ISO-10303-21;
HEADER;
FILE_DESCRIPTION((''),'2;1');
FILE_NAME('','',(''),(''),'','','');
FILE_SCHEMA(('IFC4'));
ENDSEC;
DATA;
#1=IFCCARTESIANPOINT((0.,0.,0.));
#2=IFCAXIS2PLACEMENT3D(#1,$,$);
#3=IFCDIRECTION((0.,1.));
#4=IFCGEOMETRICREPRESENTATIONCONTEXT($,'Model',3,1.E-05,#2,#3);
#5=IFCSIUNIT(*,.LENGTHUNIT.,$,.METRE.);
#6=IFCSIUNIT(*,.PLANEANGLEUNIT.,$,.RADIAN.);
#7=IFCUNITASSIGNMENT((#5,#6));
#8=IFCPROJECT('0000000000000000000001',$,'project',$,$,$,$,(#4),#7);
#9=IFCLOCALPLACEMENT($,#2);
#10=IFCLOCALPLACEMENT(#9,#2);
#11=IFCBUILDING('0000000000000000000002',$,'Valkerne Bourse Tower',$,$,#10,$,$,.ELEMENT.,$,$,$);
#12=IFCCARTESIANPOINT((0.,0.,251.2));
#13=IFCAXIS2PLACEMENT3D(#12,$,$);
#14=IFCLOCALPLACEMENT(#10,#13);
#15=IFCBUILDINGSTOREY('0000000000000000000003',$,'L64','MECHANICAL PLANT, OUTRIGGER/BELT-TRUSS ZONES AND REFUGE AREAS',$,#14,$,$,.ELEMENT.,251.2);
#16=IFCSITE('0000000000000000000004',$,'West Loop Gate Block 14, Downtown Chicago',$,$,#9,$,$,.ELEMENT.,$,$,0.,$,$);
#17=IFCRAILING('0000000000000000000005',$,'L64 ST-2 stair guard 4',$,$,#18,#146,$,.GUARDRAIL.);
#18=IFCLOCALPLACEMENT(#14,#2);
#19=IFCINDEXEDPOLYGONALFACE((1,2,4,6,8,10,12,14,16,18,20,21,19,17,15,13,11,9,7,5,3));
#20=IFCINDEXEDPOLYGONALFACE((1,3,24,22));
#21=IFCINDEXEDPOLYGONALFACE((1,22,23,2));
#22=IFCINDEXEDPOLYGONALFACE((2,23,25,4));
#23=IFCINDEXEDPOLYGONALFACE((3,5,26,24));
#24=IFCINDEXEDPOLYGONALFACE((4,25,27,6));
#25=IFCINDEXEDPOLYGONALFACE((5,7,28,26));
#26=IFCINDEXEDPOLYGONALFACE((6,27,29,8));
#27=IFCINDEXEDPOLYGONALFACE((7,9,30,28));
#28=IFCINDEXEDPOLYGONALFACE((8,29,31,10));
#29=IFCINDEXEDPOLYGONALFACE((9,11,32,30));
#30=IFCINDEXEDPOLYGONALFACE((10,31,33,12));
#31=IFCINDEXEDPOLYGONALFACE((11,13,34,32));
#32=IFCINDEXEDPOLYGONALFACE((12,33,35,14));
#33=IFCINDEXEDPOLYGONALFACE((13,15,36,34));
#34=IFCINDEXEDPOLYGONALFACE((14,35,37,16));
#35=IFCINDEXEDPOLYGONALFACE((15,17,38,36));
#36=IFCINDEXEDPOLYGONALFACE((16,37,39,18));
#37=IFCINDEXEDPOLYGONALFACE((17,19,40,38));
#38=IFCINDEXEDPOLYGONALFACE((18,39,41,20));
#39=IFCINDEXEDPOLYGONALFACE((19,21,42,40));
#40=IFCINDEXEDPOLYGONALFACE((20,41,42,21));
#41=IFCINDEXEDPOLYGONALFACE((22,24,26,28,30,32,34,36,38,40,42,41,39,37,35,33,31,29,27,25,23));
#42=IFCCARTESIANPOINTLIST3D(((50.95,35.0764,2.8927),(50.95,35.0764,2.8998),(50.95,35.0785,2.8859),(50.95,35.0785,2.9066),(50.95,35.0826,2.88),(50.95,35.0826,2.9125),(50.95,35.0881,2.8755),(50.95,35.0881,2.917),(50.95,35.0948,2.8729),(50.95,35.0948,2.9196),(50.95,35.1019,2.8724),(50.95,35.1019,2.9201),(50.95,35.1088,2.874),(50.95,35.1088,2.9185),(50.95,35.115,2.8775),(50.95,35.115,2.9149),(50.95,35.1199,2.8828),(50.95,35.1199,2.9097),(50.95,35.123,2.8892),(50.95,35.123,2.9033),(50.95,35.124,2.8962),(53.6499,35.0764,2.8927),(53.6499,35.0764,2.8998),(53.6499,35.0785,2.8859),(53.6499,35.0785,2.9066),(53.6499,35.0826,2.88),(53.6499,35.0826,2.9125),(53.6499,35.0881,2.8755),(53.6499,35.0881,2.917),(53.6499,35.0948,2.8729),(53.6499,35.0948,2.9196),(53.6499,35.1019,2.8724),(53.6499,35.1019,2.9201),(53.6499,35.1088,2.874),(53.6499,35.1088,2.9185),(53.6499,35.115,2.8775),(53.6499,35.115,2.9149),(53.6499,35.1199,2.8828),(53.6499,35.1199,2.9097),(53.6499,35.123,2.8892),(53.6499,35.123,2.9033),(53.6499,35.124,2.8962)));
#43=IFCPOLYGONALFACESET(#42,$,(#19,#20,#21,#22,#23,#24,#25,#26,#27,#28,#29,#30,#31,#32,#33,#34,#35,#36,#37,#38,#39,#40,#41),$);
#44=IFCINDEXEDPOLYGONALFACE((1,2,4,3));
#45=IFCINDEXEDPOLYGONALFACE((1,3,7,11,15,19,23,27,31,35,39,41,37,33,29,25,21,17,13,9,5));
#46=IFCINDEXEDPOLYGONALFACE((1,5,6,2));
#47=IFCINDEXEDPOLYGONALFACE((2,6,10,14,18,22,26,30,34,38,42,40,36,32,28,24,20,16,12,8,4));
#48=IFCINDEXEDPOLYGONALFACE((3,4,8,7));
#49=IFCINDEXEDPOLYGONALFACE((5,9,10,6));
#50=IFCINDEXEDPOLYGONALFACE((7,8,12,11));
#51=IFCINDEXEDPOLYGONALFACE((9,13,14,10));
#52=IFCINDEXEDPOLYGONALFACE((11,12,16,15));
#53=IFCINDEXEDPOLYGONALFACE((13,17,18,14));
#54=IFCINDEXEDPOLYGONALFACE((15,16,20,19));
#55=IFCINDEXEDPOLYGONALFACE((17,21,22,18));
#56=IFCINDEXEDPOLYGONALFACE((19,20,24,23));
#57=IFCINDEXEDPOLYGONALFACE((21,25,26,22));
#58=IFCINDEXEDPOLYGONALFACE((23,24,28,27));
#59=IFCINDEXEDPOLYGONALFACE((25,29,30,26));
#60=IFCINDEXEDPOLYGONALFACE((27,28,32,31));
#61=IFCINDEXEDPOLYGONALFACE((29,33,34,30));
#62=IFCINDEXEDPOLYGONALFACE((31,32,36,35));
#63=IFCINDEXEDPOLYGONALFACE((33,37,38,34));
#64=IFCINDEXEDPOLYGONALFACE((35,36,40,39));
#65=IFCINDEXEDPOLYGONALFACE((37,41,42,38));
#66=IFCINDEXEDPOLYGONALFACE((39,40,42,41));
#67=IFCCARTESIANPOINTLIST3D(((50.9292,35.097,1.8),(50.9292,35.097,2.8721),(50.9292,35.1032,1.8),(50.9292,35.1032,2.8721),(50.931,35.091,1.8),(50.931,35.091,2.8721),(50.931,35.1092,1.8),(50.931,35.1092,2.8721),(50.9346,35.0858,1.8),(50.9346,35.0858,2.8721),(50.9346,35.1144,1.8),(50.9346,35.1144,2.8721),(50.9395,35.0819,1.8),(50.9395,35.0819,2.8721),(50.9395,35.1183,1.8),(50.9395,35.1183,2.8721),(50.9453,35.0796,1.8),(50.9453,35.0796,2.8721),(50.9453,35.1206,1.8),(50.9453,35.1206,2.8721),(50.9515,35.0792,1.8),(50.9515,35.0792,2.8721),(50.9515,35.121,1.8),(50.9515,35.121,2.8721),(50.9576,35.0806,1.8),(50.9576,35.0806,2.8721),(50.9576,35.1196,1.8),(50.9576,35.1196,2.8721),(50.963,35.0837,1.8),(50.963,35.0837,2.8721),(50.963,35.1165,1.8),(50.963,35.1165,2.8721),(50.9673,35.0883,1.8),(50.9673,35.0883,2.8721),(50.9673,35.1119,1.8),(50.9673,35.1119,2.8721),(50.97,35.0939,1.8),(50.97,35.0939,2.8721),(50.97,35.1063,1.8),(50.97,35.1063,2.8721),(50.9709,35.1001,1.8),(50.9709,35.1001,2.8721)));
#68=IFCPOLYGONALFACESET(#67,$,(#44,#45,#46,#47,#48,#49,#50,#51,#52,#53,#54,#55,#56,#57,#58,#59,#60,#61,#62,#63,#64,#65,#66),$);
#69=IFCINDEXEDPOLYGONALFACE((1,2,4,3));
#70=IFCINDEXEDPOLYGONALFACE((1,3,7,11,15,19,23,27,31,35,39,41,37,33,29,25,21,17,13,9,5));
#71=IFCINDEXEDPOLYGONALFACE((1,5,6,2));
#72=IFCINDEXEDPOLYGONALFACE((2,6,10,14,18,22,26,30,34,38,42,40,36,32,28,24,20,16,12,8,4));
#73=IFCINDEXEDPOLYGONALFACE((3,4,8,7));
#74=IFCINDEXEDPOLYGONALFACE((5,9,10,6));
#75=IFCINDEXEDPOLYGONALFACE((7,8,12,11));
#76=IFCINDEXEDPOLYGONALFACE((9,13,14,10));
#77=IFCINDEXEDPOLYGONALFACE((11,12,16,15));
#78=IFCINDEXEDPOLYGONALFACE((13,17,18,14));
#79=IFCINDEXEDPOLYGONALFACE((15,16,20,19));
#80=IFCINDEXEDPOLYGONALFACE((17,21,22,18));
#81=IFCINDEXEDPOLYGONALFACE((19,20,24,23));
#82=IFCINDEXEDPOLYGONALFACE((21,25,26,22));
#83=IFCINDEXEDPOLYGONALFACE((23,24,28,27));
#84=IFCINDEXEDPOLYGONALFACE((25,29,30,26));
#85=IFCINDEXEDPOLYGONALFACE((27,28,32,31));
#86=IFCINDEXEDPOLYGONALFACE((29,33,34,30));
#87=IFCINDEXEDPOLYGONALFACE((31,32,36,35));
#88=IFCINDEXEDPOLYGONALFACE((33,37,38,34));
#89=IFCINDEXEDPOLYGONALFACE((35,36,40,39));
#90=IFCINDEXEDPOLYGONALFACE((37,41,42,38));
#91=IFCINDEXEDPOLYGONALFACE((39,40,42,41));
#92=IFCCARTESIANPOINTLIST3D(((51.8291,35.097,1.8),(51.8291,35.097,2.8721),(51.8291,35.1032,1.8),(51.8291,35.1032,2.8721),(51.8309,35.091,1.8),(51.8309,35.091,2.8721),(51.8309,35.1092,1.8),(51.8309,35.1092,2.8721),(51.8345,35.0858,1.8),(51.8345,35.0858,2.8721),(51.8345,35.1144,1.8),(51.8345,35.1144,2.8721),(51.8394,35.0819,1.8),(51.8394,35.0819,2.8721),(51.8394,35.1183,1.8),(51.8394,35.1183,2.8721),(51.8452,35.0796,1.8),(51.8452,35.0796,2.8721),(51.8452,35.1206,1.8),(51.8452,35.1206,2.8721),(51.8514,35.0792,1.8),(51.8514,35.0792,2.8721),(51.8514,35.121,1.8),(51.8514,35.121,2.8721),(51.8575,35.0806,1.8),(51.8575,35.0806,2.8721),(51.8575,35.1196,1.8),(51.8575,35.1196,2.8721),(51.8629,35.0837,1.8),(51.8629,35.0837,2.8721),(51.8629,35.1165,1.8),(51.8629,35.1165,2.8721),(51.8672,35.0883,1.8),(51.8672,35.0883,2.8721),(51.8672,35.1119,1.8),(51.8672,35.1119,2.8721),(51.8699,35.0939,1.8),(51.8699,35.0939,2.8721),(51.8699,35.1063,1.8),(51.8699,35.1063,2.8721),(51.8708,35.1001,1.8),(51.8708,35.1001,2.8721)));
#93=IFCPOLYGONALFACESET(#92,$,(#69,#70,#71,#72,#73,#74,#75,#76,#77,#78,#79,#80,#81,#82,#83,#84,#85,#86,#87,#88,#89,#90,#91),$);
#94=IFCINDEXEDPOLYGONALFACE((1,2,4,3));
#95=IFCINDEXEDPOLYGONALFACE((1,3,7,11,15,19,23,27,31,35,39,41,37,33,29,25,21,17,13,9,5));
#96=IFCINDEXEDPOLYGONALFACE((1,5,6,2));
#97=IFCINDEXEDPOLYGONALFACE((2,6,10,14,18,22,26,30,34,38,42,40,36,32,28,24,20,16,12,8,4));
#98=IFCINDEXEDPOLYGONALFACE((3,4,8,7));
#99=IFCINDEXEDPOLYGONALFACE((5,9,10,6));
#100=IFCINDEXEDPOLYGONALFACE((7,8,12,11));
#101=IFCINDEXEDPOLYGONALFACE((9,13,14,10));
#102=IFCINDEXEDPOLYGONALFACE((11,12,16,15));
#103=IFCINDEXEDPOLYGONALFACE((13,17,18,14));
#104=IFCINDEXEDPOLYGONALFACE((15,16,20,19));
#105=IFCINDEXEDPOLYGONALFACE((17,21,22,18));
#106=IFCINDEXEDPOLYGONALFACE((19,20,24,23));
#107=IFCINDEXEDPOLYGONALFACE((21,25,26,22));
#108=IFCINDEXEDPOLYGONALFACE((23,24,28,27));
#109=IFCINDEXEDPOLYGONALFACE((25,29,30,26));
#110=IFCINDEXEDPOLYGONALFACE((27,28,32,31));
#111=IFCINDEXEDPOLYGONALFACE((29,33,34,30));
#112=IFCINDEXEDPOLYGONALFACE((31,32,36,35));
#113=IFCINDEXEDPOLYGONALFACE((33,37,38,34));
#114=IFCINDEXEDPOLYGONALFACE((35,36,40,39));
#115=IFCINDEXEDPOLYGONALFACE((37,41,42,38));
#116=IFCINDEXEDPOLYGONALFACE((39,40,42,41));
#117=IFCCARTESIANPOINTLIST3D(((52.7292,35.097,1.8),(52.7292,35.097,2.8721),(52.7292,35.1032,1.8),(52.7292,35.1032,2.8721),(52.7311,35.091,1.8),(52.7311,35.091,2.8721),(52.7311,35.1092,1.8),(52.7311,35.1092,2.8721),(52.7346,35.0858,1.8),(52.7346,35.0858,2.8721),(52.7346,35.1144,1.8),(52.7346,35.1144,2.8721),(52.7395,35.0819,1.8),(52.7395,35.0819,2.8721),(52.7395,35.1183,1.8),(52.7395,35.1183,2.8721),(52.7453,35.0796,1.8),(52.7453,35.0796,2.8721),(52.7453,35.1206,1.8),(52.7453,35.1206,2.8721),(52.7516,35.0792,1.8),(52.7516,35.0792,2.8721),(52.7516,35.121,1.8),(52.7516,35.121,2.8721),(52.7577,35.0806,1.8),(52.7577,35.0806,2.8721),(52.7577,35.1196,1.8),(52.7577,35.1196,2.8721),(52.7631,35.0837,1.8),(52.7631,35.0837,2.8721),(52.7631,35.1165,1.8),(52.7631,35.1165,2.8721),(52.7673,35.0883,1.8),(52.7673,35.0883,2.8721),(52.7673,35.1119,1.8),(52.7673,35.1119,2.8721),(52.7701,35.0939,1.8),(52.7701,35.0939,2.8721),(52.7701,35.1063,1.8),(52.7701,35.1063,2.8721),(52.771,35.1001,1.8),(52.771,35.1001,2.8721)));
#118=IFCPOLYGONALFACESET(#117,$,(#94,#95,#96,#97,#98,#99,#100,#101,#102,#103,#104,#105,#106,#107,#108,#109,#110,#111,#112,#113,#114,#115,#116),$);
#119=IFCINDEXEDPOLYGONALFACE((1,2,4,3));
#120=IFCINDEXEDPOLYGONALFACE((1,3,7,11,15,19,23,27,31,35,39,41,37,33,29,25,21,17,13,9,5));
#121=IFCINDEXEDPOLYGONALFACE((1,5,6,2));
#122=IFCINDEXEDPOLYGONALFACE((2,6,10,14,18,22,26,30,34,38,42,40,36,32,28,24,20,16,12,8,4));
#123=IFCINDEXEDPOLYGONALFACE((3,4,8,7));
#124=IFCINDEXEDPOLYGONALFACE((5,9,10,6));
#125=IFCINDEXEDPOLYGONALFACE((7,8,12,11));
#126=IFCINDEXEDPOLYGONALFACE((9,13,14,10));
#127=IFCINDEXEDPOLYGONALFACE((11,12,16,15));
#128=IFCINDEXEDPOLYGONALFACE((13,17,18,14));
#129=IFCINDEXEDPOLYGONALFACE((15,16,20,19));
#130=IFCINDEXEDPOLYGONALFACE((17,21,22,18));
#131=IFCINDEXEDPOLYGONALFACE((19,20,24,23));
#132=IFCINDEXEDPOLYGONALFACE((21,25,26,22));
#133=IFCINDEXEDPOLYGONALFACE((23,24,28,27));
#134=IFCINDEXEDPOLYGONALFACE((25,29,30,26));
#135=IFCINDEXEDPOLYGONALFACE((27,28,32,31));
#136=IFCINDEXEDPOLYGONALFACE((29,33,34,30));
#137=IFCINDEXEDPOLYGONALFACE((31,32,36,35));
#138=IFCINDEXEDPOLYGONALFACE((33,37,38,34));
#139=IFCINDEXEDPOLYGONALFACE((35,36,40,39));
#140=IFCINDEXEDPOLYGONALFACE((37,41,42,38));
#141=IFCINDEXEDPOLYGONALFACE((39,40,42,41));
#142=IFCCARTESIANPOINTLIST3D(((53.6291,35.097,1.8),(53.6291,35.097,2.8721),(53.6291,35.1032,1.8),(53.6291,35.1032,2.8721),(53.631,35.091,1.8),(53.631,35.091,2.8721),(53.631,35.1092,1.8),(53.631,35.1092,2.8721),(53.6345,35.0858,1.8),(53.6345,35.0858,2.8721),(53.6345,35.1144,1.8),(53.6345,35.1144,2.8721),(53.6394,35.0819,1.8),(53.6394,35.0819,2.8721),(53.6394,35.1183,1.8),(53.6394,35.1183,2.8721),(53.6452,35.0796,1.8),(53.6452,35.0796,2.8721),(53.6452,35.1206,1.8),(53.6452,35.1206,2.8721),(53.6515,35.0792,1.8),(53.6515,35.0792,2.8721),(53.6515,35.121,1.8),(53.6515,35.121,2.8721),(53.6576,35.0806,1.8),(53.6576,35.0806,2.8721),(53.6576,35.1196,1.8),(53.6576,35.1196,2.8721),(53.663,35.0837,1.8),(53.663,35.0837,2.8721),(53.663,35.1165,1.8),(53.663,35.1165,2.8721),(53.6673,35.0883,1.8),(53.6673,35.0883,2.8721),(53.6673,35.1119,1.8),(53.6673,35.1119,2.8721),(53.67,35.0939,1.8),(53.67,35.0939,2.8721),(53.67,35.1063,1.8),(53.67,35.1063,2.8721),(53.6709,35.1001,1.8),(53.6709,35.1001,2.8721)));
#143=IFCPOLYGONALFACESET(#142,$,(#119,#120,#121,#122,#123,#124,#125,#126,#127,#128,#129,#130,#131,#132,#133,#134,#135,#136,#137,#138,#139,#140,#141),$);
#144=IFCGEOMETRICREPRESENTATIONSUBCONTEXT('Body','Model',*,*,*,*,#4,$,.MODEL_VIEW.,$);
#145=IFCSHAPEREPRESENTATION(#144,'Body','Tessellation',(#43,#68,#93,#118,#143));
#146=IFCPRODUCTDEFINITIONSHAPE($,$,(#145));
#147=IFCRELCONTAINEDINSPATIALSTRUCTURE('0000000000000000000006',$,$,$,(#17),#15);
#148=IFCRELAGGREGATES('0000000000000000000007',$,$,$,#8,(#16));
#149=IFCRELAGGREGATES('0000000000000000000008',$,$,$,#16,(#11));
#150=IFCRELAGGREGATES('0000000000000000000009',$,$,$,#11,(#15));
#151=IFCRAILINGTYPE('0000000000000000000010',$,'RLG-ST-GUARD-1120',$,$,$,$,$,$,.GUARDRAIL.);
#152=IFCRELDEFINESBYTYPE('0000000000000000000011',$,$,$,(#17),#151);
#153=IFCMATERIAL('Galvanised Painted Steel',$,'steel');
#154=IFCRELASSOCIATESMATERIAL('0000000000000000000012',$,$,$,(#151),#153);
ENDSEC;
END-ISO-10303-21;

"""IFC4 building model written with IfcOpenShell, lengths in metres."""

from ifc_helpers import new_model, si_unit, direction, frame, origin, origin_2d, place, context, subcontext, project, spatial, circle, extrude, material, type_object, element, save


model = new_model("IFC4")

# Units and contexts
model_context = context("Model", 3, precision=1e-05, world=origin(), true_north=direction((0.0, 1.0)))
body_context = subcontext(model_context, "Body", "Model", "MODEL_VIEW")
ifc_project = project(units=[si_unit("LENGTHUNIT", "METRE"), si_unit("PLANEANGLEUNIT", "RADIAN")], contexts=[model_context])

# Site, building, storey
site_placement = place(None, origin())
site = spatial("IfcSite", under=ifc_project, at=site_placement, Name="West Loop Gate Block 14, Downtown Chicago", CompositionType="ELEMENT", RefElevation=0.0)
building_placement = place(site_placement, origin())
building = spatial("IfcBuilding", under=site, at=building_placement, Name="Valkerne Bourse Tower", CompositionType="ELEMENT")
storey_placement = place(building_placement, frame((0.0, 0.0, 251.2)))
storey = spatial("IfcBuildingStorey", under=building, at=storey_placement, Name="L64", Description="MECHANICAL PLANT, OUTRIGGER/BELT-TRUSS ZONES AND REFUGE AREAS", CompositionType="ELEMENT", Elevation=251.2)

# Railing
ifc_material_1 = material(Name="Galvanised Painted Steel", Category="steel")
railing_type_1 = type_object("IfcRailingType", Name="RLG-ST-GUARD-1120", PredefinedType="GUARDRAIL", material=ifc_material_1)
railing_1_placement = place(storey_placement, frame((50.95, 35.1001, 1.8)))
element("IfcRailing", 1, at=railing_1_placement, inside=storey, type_object=railing_type_1, Name="L64 ST-2 stair guard 4", PredefinedType="GUARDRAIL", context=body_context, shape_type="SweptSolid", body=[
    extrude(circle(Radius=0.0239, at=origin_2d()), frame((0.0, 0.0, 1.0962), z_axis=(1.0, 0.0, 0.0), x_axis=(0.0, 1.0, 0.0)), (0.0, 0.0, 1.0), 2.7),
    extrude(circle(Radius=0.021, at=origin_2d()), origin(), (0.0, 0.0, 1.0), 1.072),
    extrude(circle(Radius=0.021, at=origin_2d()), frame((0.8999, 0.0, 0.0)), (0.0, 0.0, 1.0), 1.072),
    extrude(circle(Radius=0.021, at=origin_2d()), frame((1.8, 0.0, 0.0)), (0.0, 0.0, 1.0), 1.072),
    extrude(circle(Radius=0.021, at=origin_2d()), frame((2.7, 0.0, 0.0)), (0.0, 0.0, 1.0), 1.072),
])

save(model, "model.ifc")
